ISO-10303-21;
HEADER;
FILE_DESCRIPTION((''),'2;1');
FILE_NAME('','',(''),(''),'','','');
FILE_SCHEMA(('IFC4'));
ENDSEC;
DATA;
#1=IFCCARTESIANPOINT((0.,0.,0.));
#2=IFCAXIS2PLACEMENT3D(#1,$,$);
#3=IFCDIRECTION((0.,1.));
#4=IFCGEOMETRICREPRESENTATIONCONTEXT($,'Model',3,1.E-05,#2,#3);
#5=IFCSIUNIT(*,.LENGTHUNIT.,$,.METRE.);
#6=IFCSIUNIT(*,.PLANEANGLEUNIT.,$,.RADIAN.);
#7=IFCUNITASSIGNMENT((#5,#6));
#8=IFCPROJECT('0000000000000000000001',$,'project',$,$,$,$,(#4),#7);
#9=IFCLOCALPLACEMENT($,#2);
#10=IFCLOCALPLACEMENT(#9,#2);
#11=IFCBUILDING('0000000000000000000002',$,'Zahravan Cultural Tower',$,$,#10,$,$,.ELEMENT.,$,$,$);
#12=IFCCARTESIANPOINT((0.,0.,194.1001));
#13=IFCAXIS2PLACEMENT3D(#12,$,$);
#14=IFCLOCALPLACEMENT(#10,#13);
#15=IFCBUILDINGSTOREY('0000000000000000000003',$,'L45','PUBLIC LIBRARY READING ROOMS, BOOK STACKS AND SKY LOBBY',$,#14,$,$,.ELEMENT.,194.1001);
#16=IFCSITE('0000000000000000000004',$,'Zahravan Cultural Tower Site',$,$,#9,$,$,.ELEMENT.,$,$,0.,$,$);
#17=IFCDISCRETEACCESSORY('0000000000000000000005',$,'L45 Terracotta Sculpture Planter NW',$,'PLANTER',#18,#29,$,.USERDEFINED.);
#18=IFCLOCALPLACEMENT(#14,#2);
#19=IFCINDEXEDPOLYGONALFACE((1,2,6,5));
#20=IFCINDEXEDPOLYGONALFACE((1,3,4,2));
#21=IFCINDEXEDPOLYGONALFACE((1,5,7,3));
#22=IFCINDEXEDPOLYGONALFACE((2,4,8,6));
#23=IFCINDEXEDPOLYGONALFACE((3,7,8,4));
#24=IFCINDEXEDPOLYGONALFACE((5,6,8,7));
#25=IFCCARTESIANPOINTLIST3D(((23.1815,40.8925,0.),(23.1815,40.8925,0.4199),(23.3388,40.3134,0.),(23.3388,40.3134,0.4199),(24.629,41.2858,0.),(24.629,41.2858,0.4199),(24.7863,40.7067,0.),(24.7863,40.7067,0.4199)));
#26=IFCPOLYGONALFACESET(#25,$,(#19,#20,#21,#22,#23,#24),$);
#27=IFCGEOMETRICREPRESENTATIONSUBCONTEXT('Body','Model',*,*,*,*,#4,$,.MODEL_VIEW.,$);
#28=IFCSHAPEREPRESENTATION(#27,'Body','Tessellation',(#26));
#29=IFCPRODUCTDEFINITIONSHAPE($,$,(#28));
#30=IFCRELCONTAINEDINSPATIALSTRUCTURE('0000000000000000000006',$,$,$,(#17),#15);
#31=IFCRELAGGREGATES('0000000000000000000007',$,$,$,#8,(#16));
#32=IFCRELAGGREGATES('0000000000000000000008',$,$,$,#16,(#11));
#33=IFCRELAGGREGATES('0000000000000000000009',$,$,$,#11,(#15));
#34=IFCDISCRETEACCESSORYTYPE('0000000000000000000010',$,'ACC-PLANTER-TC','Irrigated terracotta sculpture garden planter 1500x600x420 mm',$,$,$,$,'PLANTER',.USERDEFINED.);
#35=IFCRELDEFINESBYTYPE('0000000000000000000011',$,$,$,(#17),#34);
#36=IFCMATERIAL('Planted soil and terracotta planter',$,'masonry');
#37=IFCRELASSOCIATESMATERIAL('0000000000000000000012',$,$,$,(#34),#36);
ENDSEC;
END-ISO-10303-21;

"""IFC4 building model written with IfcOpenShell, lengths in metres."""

from ifc_helpers import new_model, si_unit, direction, frame, origin, origin_2d, place, context, subcontext, project, spatial, rectangle, extrude, source, transform, mapped, material, type_object, element, save


model = new_model("IFC4")

# Units and contexts
model_context = context("Model", 3, precision=1e-05, world=origin(), true_north=direction((0.0, 1.0)))
body_context = subcontext(model_context, "Body", "Model", "MODEL_VIEW")
ifc_project = project(units=[si_unit("LENGTHUNIT", "METRE"), si_unit("PLANEANGLEUNIT", "RADIAN")], contexts=[model_context])

# Site, building, storey
site_placement = place(None, origin())
site = spatial("IfcSite", under=ifc_project, at=site_placement, Name="Zahravan Cultural Tower Site", CompositionType="ELEMENT", RefElevation=0.0)
building_placement = place(site_placement, origin())
building = spatial("IfcBuilding", under=site, at=building_placement, Name="Zahravan Cultural Tower", CompositionType="ELEMENT")
storey_placement = place(building_placement, frame((0.0, 0.0, 194.1001)))
storey = spatial("IfcBuildingStorey", under=building, at=storey_placement, Name="L45", Description="PUBLIC LIBRARY READING ROOMS, BOOK STACKS AND SKY LOBBY", CompositionType="ELEMENT", Elevation=194.1001)

# Discrete accessory
ifc_material_1 = material(Name="Planted soil and terracotta planter", Category="masonry")
discrete_accessory_type = type_object("IfcDiscreteAccessoryType", Name="ACC-PLANTER-TC", Description="Irrigated terracotta sculpture garden planter 1500x600x420 mm", ElementType="PLANTER", PredefinedType="USERDEFINED", material=ifc_material_1)
shared_shape_1 = source(origin(), body_context, "Body", "SweptSolid", [
    extrude(rectangle(XDim=1.5, YDim=0.6001, at=origin_2d()), origin(), (0.0, 0.0, 1.0), 0.4199),
])
discrete_accessory_placement = place(storey_placement, frame((23.9839, 40.7996, 0.0), z_axis=(0.0, 0.0, 1.0), x_axis=(0.965016, 0.262189, 0.0)))
element("IfcDiscreteAccessory", 1, at=discrete_accessory_placement, inside=storey, type_object=discrete_accessory_type, Name="L45 Terracotta Sculpture Planter NW", ObjectType="PLANTER", PredefinedType="USERDEFINED", context=body_context, shape_type="MappedRepresentation", body=[
    mapped(shared_shape_1, transform((0.0, 0.0, 0.0), x_axis=(1.0, 0.0, 0.0), y_axis=(0.0, 1.0, 0.0), z_axis=(0.0, 0.0, 1.0), scale=1.0)),
])

save(model, "model.ifc")
